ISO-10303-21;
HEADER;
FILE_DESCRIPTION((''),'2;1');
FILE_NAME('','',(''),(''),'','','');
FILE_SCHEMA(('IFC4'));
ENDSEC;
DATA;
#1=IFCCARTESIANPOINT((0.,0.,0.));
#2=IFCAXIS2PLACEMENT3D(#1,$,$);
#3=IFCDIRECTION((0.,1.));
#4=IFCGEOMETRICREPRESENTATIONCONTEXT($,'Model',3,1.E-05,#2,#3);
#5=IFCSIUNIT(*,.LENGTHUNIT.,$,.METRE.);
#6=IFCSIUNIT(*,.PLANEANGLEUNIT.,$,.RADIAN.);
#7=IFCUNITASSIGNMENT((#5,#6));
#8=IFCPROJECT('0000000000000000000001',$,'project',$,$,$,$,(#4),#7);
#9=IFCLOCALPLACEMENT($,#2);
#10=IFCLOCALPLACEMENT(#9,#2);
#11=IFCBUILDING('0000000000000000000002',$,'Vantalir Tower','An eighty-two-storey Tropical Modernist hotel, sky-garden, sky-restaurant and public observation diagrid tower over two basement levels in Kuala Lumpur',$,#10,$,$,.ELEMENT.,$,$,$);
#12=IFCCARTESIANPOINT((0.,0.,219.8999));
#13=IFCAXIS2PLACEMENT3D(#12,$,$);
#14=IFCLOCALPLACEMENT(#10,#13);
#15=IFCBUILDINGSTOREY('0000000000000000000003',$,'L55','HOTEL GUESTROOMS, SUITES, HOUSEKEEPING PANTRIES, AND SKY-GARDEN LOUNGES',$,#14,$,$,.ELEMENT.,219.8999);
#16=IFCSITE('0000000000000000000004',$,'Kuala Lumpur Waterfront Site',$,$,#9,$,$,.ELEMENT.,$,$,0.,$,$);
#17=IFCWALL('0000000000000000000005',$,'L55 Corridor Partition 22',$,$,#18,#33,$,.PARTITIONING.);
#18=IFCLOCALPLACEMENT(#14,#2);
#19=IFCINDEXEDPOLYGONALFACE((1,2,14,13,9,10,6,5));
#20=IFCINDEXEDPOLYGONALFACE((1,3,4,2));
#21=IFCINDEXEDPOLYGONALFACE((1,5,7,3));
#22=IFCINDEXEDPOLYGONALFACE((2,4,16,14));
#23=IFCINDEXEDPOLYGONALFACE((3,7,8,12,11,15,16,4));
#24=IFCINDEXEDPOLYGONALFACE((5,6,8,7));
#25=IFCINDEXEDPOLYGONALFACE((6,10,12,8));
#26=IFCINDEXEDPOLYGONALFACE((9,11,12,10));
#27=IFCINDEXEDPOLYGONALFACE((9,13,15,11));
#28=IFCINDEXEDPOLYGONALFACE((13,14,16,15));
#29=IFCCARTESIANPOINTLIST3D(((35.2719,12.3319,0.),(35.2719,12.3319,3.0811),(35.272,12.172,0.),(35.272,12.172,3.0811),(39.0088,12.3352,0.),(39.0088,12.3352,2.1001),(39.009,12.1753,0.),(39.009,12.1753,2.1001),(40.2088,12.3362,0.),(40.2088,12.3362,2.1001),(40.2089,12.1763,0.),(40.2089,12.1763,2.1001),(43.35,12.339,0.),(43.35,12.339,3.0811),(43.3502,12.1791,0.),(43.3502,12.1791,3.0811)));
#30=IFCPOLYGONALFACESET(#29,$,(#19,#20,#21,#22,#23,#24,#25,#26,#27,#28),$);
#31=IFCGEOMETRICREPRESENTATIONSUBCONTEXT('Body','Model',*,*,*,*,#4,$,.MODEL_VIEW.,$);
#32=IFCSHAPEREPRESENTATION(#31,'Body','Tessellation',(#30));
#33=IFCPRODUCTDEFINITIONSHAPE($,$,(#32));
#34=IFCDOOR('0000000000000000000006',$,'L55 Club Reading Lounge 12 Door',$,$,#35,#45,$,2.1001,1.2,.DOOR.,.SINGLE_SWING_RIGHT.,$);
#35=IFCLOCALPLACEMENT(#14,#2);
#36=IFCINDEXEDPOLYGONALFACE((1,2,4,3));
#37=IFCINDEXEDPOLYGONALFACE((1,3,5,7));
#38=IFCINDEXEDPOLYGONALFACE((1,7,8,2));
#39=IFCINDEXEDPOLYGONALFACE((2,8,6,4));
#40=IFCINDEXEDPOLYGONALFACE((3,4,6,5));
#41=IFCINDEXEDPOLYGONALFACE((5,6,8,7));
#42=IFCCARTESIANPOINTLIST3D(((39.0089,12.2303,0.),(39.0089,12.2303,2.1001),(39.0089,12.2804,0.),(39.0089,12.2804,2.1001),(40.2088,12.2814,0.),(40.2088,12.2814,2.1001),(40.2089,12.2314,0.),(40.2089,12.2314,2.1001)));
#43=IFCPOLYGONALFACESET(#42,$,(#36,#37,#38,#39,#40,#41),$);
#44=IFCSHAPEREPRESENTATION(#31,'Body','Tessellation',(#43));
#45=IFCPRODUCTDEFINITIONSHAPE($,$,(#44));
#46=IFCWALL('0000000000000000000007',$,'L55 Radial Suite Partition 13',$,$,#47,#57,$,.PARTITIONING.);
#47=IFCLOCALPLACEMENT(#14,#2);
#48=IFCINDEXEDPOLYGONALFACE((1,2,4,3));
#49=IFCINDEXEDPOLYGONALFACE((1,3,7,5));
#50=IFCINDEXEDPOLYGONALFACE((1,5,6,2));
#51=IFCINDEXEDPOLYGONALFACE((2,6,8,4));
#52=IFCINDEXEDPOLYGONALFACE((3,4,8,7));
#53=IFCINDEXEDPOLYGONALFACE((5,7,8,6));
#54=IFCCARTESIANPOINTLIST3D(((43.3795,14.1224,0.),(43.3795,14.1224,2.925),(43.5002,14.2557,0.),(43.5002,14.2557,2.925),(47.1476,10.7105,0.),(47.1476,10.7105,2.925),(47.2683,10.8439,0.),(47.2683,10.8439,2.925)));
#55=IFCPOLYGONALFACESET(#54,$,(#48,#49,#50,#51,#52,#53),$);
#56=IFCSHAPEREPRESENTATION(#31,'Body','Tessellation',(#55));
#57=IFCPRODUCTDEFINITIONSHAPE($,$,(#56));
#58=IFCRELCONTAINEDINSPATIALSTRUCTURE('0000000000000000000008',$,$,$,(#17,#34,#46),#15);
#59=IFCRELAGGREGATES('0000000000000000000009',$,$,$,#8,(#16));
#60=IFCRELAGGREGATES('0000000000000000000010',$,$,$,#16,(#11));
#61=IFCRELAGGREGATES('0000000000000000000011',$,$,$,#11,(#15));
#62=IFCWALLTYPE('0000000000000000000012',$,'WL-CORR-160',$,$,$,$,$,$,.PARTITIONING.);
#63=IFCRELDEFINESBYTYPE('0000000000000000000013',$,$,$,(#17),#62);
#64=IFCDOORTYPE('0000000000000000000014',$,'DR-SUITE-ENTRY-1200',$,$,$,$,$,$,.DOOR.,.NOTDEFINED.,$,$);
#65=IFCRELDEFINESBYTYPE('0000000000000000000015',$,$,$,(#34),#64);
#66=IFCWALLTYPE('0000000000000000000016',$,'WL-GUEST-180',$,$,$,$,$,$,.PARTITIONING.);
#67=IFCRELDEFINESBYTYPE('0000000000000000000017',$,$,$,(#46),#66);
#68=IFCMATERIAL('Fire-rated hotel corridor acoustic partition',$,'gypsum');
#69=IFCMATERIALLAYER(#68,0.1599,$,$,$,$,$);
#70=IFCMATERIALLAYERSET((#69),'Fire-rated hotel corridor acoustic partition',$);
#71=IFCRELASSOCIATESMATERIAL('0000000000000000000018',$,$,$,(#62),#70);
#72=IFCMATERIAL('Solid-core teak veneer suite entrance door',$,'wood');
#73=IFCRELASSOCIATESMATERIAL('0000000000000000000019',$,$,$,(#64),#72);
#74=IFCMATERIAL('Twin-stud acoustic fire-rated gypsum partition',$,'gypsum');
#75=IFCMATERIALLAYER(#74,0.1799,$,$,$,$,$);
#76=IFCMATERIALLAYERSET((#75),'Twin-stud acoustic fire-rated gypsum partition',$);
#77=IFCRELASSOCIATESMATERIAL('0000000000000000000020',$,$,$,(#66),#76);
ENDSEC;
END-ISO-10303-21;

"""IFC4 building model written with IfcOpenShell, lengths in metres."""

from ifc_helpers import new_model, si_unit, direction, frame, frame_2d, origin, place, context, subcontext, project, spatial, rectangle, extrude, material, layer, layer_set, type_object, element, fill, save


model = new_model("IFC4")

# Units and contexts
model_context = context("Model", 3, precision=1e-05, world=origin(), true_north=direction((0.0, 1.0)))
body_context = subcontext(model_context, "Body", "Model", "MODEL_VIEW")
ifc_project = project(units=[si_unit("LENGTHUNIT", "METRE"), si_unit("PLANEANGLEUNIT", "RADIAN")], contexts=[model_context])

# Site, building, storey
site_placement = place(None, origin())
site = spatial("IfcSite", under=ifc_project, at=site_placement, Name="Kuala Lumpur Waterfront Site", CompositionType="ELEMENT", RefElevation=0.0)
building_placement = place(site_placement, origin())
building = spatial("IfcBuilding", under=site, at=building_placement, Name="Vantalir Tower", Description="An eighty-two-storey Tropical Modernist hotel, sky-garden, sky-restaurant and public observation diagrid tower over two basement levels in Kuala Lumpur", CompositionType="ELEMENT")
storey_placement = place(building_placement, frame((0.0, 0.0, 219.8999)))
storey = spatial("IfcBuildingStorey", under=building, at=storey_placement, Name="L55", Description="HOTEL GUESTROOMS, SUITES, HOUSEKEEPING PANTRIES, AND SKY-GARDEN LOUNGES", CompositionType="ELEMENT", Elevation=219.8999)

# Shared definitions
ifc_material_1 = material(Name="Fire-rated hotel corridor acoustic partition", Category="gypsum")
ifc_layer_1 = layer(ifc_material_1, 0.1599)
ifc_layer_set_1 = layer_set([ifc_layer_1], Name="Fire-rated hotel corridor acoustic partition")
wall_type_1 = type_object("IfcWallType", Name="WL-CORR-160", PredefinedType="PARTITIONING", material=ifc_layer_set_1)

# Wall, opening, door
wall_1_placement = place(storey_placement, frame((43.3501, 12.259, 0.0), z_axis=(0.0, 0.0, 1.0), x_axis=(-1.0, -0.000876, 0.0)))
wall_1 = element("IfcWall", 1, at=wall_1_placement, inside=storey, type_object=wall_type_1, Name="L55 Corridor Partition 22", PredefinedType="PARTITIONING", context=body_context, shape_type="SweptSolid", body=[
    extrude(rectangle(XDim=8.0781, YDim=0.1599, at=frame_2d((4.0391, 0.0))), origin(), (0.0, 0.0, 1.0), 3.0811),
])
opening_placement = place(wall_1_placement, frame((3.1411, 0.0, 0.0)))
opening = element("IfcOpeningElement", 2, at=opening_placement, cuts=wall_1, PredefinedType="OPENING", context=body_context, shape_type="SweptSolid", body=[
    extrude(rectangle(XDim=1.2, YDim=2.1001, at=frame_2d((0.6001, 1.05))), frame((0.0, 0.0898, 0.0), z_axis=(0.0, -1.0, 0.0), x_axis=(1.0, 0.0, 0.0)), (0.0, 0.0, 1.0), 0.1799),
])
ifc_material_2 = material(Name="Solid-core teak veneer suite entrance door", Category="wood")
door_type = type_object("IfcDoorType", Name="DR-SUITE-ENTRY-1200", OperationType="NOTDEFINED", PredefinedType="DOOR", material=ifc_material_2)
door_placement = place(opening_placement, origin())
door = element("IfcDoor", 3, at=door_placement, inside=storey, type_object=door_type, Name="L55 Club Reading Lounge 12 Door", OperationType="SINGLE_SWING_RIGHT", OverallHeight=2.1001, OverallWidth=1.2, PredefinedType="DOOR", context=body_context, shape_type="SweptSolid", body=[
    extrude(rectangle(XDim=1.2, YDim=2.1001, at=frame_2d((0.6001, 1.05))), frame((0.0, 0.0249, 0.0), z_axis=(0.0, -1.0, 0.0), x_axis=(1.0, 0.0, 0.0)), (0.0, 0.0, 1.0), 0.05),
])
fill(opening, door)

# Wall
ifc_material_3 = material(Name="Twin-stud acoustic fire-rated gypsum partition", Category="gypsum")
ifc_layer_2 = layer(ifc_material_3, 0.1799)
ifc_layer_set_2 = layer_set([ifc_layer_2], Name="Twin-stud acoustic fire-rated gypsum partition")
wall_type_2 = type_object("IfcWallType", Name="WL-GUEST-180", PredefinedType="PARTITIONING", material=ifc_layer_set_2)
wall_2_placement = place(storey_placement, frame((43.4399, 14.189, 0.0), z_axis=(0.0, 0.0, 1.0), x_axis=(0.741275, -0.671201, 0.0)))
element("IfcWall", 4, at=wall_2_placement, inside=storey, type_object=wall_type_2, Name="L55 Radial Suite Partition 13", PredefinedType="PARTITIONING", context=body_context, shape_type="SweptSolid", body=[
    extrude(rectangle(XDim=5.0833, YDim=0.1799, at=frame_2d((2.5415, 0.0))), origin(), (0.0, 0.0, 1.0), 2.925),
])

save(model, "model.ifc")
